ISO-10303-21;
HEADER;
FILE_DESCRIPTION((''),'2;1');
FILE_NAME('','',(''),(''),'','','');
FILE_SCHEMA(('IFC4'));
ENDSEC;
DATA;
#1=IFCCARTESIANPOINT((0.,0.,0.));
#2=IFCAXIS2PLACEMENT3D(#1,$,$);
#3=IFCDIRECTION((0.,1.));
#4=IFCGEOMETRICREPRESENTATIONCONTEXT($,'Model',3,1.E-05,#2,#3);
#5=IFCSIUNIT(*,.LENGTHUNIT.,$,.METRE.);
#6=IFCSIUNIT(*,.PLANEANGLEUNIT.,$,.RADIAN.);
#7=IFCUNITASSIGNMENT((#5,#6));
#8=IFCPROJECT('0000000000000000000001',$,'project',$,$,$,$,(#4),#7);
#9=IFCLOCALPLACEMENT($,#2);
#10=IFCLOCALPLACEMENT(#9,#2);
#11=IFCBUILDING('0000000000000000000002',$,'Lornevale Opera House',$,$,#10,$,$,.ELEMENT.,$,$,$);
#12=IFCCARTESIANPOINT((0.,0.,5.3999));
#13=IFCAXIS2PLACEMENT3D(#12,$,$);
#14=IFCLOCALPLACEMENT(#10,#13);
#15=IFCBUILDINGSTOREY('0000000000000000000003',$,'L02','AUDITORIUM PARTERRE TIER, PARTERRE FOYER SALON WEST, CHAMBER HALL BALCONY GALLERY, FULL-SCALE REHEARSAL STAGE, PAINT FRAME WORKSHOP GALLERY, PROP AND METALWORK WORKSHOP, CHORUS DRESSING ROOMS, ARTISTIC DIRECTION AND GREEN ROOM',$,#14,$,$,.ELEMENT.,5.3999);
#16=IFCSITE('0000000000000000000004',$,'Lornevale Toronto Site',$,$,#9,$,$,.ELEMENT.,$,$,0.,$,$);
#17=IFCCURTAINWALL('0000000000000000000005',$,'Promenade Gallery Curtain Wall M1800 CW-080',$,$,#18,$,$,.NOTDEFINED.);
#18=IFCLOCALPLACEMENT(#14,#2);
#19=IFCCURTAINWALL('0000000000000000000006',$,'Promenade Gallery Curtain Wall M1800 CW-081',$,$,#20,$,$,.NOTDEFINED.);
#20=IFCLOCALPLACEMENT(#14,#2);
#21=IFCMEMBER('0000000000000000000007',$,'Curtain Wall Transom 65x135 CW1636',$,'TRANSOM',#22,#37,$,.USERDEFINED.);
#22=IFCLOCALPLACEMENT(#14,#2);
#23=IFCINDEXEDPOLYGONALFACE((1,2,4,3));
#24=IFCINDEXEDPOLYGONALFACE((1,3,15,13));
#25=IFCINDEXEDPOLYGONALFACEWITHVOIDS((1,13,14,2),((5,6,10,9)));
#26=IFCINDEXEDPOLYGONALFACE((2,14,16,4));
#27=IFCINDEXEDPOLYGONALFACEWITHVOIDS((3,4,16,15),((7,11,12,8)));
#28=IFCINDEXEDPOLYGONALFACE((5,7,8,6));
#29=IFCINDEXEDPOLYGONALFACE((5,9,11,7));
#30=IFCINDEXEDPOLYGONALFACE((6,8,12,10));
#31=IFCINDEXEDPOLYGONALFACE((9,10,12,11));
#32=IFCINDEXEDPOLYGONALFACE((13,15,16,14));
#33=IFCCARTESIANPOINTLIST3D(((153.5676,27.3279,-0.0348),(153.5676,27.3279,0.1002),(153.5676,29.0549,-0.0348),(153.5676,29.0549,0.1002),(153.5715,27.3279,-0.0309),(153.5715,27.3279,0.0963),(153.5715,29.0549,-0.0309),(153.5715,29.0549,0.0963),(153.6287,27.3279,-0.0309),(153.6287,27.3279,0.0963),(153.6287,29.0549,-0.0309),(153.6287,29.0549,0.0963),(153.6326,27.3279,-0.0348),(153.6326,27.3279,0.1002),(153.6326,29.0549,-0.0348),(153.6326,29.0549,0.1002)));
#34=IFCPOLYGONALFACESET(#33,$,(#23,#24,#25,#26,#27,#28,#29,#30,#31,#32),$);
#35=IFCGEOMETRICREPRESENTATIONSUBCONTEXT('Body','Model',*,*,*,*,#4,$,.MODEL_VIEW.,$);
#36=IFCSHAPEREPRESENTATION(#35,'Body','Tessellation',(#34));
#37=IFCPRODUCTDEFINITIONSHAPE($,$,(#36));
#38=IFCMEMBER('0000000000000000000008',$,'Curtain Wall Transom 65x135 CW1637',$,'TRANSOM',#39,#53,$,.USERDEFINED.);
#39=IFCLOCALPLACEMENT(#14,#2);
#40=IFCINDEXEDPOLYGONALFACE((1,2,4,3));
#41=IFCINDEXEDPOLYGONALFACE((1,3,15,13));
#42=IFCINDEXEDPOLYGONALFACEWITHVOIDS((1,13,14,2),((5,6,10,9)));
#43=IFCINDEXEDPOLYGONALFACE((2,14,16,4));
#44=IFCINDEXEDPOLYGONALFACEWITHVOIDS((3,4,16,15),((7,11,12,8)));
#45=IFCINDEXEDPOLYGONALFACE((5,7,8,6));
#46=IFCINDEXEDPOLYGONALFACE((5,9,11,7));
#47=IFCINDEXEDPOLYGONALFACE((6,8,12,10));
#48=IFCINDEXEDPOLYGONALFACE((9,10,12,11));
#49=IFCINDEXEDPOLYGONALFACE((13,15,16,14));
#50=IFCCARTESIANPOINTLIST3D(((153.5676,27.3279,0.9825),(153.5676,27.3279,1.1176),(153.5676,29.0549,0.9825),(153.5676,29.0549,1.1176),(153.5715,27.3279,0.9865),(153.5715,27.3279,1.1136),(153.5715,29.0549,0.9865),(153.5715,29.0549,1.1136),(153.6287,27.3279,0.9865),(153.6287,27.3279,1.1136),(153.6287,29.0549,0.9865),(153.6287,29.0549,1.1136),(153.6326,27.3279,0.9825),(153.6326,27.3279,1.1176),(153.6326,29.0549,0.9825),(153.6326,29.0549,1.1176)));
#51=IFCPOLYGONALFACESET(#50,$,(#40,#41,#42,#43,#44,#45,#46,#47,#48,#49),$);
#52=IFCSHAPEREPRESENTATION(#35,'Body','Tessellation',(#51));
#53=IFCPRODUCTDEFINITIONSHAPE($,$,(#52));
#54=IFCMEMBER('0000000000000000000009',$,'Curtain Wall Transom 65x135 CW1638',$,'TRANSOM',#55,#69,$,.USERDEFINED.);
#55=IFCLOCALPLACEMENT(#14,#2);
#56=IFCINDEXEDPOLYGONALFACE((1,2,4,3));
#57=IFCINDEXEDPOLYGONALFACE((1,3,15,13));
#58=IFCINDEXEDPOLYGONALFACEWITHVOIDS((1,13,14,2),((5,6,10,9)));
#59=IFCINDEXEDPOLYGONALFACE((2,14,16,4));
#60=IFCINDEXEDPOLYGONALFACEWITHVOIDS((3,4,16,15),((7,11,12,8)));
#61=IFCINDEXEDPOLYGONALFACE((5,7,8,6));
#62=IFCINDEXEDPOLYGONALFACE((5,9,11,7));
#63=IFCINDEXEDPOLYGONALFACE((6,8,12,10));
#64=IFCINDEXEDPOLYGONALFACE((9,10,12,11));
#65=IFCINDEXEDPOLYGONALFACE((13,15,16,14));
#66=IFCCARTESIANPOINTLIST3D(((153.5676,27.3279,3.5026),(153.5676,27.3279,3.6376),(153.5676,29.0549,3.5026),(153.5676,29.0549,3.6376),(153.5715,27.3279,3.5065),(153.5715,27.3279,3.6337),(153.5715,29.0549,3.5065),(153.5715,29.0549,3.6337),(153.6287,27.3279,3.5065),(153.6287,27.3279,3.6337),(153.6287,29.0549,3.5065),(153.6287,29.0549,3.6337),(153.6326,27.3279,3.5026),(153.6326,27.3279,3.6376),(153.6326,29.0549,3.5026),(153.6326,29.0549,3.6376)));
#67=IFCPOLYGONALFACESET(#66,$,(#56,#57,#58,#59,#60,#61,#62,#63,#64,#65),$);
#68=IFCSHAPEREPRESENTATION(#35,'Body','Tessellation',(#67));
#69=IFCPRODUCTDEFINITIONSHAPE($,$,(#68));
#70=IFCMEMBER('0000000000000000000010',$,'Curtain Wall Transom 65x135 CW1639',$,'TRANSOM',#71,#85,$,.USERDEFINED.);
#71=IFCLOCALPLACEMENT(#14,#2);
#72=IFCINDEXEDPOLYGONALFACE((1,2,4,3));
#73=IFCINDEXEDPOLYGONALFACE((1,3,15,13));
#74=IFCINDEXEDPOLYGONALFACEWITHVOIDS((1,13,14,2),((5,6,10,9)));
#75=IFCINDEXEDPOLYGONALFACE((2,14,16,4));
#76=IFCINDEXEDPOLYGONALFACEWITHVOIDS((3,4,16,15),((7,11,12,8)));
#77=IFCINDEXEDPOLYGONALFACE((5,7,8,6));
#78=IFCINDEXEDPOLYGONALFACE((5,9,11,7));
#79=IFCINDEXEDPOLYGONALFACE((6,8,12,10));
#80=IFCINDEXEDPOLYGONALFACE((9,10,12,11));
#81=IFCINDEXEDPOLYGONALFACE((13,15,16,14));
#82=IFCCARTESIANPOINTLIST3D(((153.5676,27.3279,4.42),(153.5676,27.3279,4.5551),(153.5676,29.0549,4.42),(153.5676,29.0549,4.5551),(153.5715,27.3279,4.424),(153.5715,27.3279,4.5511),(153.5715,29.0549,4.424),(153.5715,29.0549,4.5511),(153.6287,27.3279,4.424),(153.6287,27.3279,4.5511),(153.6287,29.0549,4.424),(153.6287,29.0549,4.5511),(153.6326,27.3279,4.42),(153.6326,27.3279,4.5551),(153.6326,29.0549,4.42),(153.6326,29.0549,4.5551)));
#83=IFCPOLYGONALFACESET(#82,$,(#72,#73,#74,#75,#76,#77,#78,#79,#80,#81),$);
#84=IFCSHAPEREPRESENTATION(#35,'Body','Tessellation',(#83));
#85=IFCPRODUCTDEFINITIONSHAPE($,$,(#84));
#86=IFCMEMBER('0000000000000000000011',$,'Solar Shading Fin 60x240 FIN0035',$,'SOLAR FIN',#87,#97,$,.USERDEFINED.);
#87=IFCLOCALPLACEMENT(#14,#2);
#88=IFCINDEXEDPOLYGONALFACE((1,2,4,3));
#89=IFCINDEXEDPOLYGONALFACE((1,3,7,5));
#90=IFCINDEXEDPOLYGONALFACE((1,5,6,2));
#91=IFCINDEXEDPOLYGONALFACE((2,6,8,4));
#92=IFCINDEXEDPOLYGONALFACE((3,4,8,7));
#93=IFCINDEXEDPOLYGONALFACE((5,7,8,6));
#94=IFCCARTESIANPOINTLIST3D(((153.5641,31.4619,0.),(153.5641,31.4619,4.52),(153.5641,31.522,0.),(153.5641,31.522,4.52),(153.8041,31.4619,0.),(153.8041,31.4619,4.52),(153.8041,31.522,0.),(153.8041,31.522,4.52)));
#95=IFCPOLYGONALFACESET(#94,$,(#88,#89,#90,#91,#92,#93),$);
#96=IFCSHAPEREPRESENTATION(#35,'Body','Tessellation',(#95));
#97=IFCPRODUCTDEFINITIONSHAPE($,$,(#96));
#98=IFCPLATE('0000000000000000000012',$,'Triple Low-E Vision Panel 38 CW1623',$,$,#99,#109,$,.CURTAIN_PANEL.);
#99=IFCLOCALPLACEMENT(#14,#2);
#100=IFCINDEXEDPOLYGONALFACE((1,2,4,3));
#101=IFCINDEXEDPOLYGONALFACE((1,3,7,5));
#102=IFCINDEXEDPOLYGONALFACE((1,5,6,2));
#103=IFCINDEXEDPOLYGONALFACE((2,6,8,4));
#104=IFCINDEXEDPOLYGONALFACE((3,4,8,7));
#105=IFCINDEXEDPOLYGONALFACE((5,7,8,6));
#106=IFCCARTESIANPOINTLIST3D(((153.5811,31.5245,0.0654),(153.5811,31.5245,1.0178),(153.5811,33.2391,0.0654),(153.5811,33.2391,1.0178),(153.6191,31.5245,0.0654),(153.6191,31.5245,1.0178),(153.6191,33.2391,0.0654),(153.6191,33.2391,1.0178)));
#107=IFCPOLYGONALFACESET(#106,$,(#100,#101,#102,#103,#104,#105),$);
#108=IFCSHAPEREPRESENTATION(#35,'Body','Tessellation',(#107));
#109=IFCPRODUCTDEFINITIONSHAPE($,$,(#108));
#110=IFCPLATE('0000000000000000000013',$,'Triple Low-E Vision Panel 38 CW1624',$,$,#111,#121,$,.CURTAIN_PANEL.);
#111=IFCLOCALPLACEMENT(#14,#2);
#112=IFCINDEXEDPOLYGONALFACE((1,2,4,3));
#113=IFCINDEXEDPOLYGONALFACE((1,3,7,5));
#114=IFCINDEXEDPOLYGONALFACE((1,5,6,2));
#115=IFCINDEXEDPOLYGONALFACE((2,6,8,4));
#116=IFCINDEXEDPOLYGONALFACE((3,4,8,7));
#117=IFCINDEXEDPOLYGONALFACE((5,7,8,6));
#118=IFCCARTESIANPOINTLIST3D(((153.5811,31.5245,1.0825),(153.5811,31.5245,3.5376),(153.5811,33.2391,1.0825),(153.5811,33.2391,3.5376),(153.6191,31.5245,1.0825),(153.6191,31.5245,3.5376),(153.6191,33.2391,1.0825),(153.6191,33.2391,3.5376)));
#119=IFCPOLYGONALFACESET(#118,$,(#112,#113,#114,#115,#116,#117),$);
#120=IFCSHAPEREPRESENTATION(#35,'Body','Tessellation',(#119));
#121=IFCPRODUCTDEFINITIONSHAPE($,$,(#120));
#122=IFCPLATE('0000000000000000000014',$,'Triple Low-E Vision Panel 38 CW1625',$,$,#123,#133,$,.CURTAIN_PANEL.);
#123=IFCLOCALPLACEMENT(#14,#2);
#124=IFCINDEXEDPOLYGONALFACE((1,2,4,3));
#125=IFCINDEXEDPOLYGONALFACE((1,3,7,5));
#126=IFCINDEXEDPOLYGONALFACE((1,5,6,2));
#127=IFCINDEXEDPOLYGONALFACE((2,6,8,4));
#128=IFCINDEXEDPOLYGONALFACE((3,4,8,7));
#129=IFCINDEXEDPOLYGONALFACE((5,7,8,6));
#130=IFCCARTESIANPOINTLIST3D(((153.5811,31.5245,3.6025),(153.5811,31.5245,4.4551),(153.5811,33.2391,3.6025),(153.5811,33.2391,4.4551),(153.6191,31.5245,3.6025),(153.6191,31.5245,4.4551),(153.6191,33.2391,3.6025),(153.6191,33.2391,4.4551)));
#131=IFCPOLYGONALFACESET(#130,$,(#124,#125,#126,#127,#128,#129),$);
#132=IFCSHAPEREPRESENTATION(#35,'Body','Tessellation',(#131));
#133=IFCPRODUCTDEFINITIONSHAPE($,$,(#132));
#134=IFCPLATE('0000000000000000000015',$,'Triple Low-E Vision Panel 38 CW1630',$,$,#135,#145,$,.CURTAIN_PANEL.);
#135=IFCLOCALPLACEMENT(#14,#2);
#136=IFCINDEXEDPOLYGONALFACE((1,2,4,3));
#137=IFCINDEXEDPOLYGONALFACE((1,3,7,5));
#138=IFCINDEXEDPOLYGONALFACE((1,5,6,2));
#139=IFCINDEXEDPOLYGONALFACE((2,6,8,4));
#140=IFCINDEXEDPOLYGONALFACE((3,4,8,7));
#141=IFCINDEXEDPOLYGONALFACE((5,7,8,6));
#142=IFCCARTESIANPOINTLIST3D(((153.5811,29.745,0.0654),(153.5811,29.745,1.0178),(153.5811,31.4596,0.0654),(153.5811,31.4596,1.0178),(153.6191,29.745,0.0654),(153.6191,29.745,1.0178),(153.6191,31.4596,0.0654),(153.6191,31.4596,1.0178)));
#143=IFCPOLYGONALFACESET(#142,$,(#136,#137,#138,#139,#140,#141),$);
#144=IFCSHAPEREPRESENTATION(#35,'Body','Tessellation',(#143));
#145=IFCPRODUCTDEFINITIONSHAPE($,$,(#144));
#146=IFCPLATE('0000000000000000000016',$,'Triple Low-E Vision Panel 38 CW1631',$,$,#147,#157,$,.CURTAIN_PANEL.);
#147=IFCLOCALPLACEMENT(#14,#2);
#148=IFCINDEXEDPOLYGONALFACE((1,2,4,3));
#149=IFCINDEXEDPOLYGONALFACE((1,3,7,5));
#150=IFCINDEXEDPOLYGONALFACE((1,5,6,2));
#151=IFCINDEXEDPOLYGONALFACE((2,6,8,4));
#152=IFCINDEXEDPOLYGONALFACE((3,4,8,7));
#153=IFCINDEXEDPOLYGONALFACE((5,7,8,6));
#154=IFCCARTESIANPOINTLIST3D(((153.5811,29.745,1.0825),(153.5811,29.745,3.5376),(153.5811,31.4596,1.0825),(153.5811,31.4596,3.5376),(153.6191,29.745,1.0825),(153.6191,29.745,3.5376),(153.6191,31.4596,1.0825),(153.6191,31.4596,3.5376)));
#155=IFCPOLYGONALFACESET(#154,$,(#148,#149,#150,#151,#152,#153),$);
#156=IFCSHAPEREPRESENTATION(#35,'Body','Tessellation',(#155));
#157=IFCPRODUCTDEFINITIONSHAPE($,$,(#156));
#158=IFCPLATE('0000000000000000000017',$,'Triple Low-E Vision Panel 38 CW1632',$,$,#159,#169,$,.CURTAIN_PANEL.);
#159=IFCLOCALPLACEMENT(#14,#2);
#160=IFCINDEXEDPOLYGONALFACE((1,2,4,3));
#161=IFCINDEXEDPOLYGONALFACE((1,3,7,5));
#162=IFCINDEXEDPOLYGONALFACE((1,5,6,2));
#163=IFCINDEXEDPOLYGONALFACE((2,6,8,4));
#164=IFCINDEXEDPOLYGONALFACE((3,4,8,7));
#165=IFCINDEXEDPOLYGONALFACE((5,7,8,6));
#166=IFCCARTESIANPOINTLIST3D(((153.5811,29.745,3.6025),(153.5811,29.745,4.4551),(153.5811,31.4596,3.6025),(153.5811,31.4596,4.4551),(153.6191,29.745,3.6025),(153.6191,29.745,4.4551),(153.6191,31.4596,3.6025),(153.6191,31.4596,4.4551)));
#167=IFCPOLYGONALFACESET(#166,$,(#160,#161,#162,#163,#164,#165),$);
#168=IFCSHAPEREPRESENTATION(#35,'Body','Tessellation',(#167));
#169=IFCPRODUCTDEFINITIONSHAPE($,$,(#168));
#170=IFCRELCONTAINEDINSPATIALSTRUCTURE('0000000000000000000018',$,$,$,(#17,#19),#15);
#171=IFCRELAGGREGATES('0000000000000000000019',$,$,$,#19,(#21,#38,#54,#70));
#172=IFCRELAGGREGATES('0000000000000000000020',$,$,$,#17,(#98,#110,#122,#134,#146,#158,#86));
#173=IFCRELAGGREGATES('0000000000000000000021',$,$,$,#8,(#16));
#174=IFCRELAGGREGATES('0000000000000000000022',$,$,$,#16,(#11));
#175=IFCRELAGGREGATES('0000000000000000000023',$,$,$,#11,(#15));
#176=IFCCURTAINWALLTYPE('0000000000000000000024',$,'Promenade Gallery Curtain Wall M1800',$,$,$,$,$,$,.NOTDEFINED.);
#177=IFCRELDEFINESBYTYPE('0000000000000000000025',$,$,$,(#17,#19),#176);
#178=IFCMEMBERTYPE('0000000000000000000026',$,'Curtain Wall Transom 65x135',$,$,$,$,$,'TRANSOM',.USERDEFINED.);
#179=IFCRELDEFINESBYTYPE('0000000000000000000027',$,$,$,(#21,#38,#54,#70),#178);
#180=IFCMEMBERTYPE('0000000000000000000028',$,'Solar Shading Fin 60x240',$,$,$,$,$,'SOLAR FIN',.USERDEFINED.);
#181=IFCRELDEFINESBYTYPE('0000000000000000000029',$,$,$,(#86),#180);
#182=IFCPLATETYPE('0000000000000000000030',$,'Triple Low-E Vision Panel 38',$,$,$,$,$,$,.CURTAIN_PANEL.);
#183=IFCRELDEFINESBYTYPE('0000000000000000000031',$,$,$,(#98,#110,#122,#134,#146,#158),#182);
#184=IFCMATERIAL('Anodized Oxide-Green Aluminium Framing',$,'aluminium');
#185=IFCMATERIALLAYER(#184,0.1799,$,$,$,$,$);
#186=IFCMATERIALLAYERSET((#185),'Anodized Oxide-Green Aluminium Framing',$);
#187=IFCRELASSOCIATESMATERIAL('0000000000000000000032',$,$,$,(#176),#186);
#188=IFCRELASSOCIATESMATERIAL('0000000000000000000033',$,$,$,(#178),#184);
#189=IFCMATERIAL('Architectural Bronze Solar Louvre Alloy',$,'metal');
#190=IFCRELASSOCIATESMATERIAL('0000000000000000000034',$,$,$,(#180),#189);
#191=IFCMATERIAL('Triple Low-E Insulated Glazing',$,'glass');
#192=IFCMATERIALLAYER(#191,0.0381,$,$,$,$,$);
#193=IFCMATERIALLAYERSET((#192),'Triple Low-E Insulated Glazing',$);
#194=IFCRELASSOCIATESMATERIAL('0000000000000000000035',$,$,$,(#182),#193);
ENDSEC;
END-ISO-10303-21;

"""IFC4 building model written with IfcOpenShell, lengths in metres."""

from ifc_helpers import new_model, si_unit, direction, frame, origin, origin_2d, place, context, subcontext, project, spatial, rectangle, hollow_rectangle, extrude, material, layer, layer_set, material_profile, profile_set, type_object, element, aggregate, save


model = new_model("IFC4")

# Units and contexts
model_context = context("Model", 3, precision=1e-05, world=origin(), true_north=direction((0.0, 1.0)))
body_context = subcontext(model_context, "Body", "Model", "MODEL_VIEW")
ifc_project = project(units=[si_unit("LENGTHUNIT", "METRE"), si_unit("PLANEANGLEUNIT", "RADIAN")], contexts=[model_context])

# Site, building, storey
site_placement = place(None, origin())
site = spatial("IfcSite", under=ifc_project, at=site_placement, Name="Lornevale Toronto Site", CompositionType="ELEMENT", RefElevation=0.0)
building_placement = place(site_placement, origin())
building = spatial("IfcBuilding", under=site, at=building_placement, Name="Lornevale Opera House", CompositionType="ELEMENT")
storey_placement = place(building_placement, frame((0.0, 0.0, 5.3999)))
storey = spatial("IfcBuildingStorey", under=building, at=storey_placement, Name="L02", Description="AUDITORIUM PARTERRE TIER, PARTERRE FOYER SALON WEST, CHAMBER HALL BALCONY GALLERY, FULL-SCALE REHEARSAL STAGE, PAINT FRAME WORKSHOP GALLERY, PROP AND METALWORK WORKSHOP, CHORUS DRESSING ROOMS, ARTISTIC DIRECTION AND GREEN ROOM", CompositionType="ELEMENT", Elevation=5.3999)

# Curtain wall
ifc_material_1 = material(Name="Anodized Oxide-Green Aluminium Framing", Category="aluminium")
ifc_layer_1 = layer(ifc_material_1, 0.1799)
ifc_layer_set_1 = layer_set([ifc_layer_1], Name="Anodized Oxide-Green Aluminium Framing")
curtain_wall_type = type_object("IfcCurtainWallType", Name="Promenade Gallery Curtain Wall M1800", PredefinedType="NOTDEFINED", material=ifc_layer_set_1)
curtain_wall_1_placement = place(storey_placement, origin())
curtain_wall_1 = element("IfcCurtainWall", 1, at=curtain_wall_1_placement, inside=storey, type_object=curtain_wall_type, Name="Promenade Gallery Curtain Wall M1800 CW-080", PredefinedType="NOTDEFINED")

# Curtain wall
curtain_wall_2_placement = place(storey_placement, origin())
curtain_wall_2 = element("IfcCurtainWall", 2, at=curtain_wall_2_placement, inside=storey, type_object=curtain_wall_type, Name="Promenade Gallery Curtain Wall M1800 CW-081", PredefinedType="NOTDEFINED")

# Members
ifc_material_profile_1 = material_profile(ifc_material_1, hollow_rectangle(XDim=0.0649, YDim=0.135, WallThickness=0.0039, at=origin_2d()), Name="ALU65x135x4")
ifc_profile_set_1 = profile_set([ifc_material_profile_1], Name="Anodized Oxide-Green Aluminium Framing")
member_type_1 = type_object("IfcMemberType", Name="Curtain Wall Transom 65x135", ElementType="TRANSOM", PredefinedType="USERDEFINED", material=ifc_profile_set_1)
member_1_placement = place(storey_placement, frame((153.6001, 29.0549, 0.0327), z_axis=(0.0, -1.0, 0.0), x_axis=(1.0, 0.0, 0.0)))
member_1 = element("IfcMember", 3, at=member_1_placement, type_object=member_type_1, Name="Curtain Wall Transom 65x135 CW1636", ObjectType="TRANSOM", PredefinedType="USERDEFINED", context=body_context, shape_type="SweptSolid", body=[
    extrude(hollow_rectangle(XDim=0.0649, YDim=0.135, WallThickness=0.0039, at=origin_2d()), origin(), (0.0, 0.0, 1.0), 1.7271),
])
member_2_placement = place(storey_placement, frame((153.6001, 29.0549, 1.05), z_axis=(0.0, -1.0, 0.0), x_axis=(1.0, 0.0, 0.0)))
member_2 = element("IfcMember", 4, at=member_2_placement, type_object=member_type_1, Name="Curtain Wall Transom 65x135 CW1637", ObjectType="TRANSOM", PredefinedType="USERDEFINED", context=body_context, shape_type="SweptSolid", body=[
    extrude(hollow_rectangle(XDim=0.0649, YDim=0.135, WallThickness=0.0039, at=origin_2d()), origin(), (0.0, 0.0, 1.0), 1.7271),
])
member_3_placement = place(storey_placement, frame((153.6001, 29.0549, 3.5701), z_axis=(0.0, -1.0, 0.0), x_axis=(1.0, 0.0, 0.0)))
member_3 = element("IfcMember", 5, at=member_3_placement, type_object=member_type_1, Name="Curtain Wall Transom 65x135 CW1638", ObjectType="TRANSOM", PredefinedType="USERDEFINED", context=body_context, shape_type="SweptSolid", body=[
    extrude(hollow_rectangle(XDim=0.0649, YDim=0.135, WallThickness=0.0039, at=origin_2d()), origin(), (0.0, 0.0, 1.0), 1.7271),
])
member_4_placement = place(storey_placement, frame((153.6001, 29.0549, 4.4875), z_axis=(0.0, -1.0, 0.0), x_axis=(1.0, 0.0, 0.0)))
member_4 = element("IfcMember", 6, at=member_4_placement, type_object=member_type_1, Name="Curtain Wall Transom 65x135 CW1639", ObjectType="TRANSOM", PredefinedType="USERDEFINED", context=body_context, shape_type="SweptSolid", body=[
    extrude(hollow_rectangle(XDim=0.0649, YDim=0.135, WallThickness=0.0039, at=origin_2d()), origin(), (0.0, 0.0, 1.0), 1.7271),
])
aggregate(curtain_wall_2, [member_1, member_2, member_3, member_4])
ifc_material_2 = material(Name="Architectural Bronze Solar Louvre Alloy", Category="metal")
ifc_material_profile_2 = material_profile(ifc_material_2, rectangle(XDim=0.0601, YDim=0.24, at=origin_2d()), Name="FIN60x240")
ifc_profile_set_2 = profile_set([ifc_material_profile_2], Name="Architectural Bronze Solar Louvre Alloy")
member_type_2 = type_object("IfcMemberType", Name="Solar Shading Fin 60x240", ElementType="SOLAR FIN", PredefinedType="USERDEFINED", material=ifc_profile_set_2)
member_5_placement = place(storey_placement, frame((153.6841, 31.4919, 0.0), z_axis=(0.0, 0.0, 1.0), x_axis=(0.0, -1.0, 0.0)))
member_5 = element("IfcMember", 7, at=member_5_placement, type_object=member_type_2, Name="Solar Shading Fin 60x240 FIN0035", ObjectType="SOLAR FIN", PredefinedType="USERDEFINED", context=body_context, shape_type="SweptSolid", body=[
    extrude(rectangle(XDim=0.0601, YDim=0.24, at=origin_2d()), origin(), (0.0, 0.0, 1.0), 4.52),
])

# Plates
ifc_material_3 = material(Name="Triple Low-E Insulated Glazing", Category="glass")
ifc_layer_2 = layer(ifc_material_3, 0.0381)
ifc_layer_set_2 = layer_set([ifc_layer_2], Name="Triple Low-E Insulated Glazing")
plate_type = type_object("IfcPlateType", Name="Triple Low-E Vision Panel 38", PredefinedType="CURTAIN_PANEL", material=ifc_layer_set_2)
plate_1_placement = place(storey_placement, frame((153.6001, 32.3818, 0.0654), z_axis=(0.0, 0.0, 1.0), x_axis=(0.0, -1.0, 0.0)))
plate_1 = element("IfcPlate", 8, at=plate_1_placement, type_object=plate_type, Name="Triple Low-E Vision Panel 38 CW1623", PredefinedType="CURTAIN_PANEL", context=body_context, shape_type="SweptSolid", body=[
    extrude(rectangle(XDim=1.7146, YDim=0.0381, at=origin_2d()), origin(), (0.0, 0.0, 1.0), 0.9524),
])
plate_2_placement = place(storey_placement, frame((153.6001, 32.3818, 1.0825), z_axis=(0.0, 0.0, 1.0), x_axis=(0.0, -1.0, 0.0)))
plate_2 = element("IfcPlate", 9, at=plate_2_placement, type_object=plate_type, Name="Triple Low-E Vision Panel 38 CW1624", PredefinedType="CURTAIN_PANEL", context=body_context, shape_type="SweptSolid", body=[
    extrude(rectangle(XDim=1.7146, YDim=0.0381, at=origin_2d()), origin(), (0.0, 0.0, 1.0), 2.4551),
])
plate_3_placement = place(storey_placement, frame((153.6001, 32.3818, 3.6025), z_axis=(0.0, 0.0, 1.0), x_axis=(0.0, -1.0, 0.0)))
plate_3 = element("IfcPlate", 10, at=plate_3_placement, type_object=plate_type, Name="Triple Low-E Vision Panel 38 CW1625", PredefinedType="CURTAIN_PANEL", context=body_context, shape_type="SweptSolid", body=[
    extrude(rectangle(XDim=1.7146, YDim=0.0381, at=origin_2d()), origin(), (0.0, 0.0, 1.0), 0.8525),
])
plate_4_placement = place(storey_placement, frame((153.6001, 30.6023, 0.0654), z_axis=(0.0, 0.0, 1.0), x_axis=(0.0, -1.0, 0.0)))
plate_4 = element("IfcPlate", 11, at=plate_4_placement, type_object=plate_type, Name="Triple Low-E Vision Panel 38 CW1630", PredefinedType="CURTAIN_PANEL", context=body_context, shape_type="SweptSolid", body=[
    extrude(rectangle(XDim=1.7146, YDim=0.0381, at=origin_2d()), origin(), (0.0, 0.0, 1.0), 0.9524),
])
plate_5_placement = place(storey_placement, frame((153.6001, 30.6023, 1.0825), z_axis=(0.0, 0.0, 1.0), x_axis=(0.0, -1.0, 0.0)))
plate_5 = element("IfcPlate", 12, at=plate_5_placement, type_object=plate_type, Name="Triple Low-E Vision Panel 38 CW1631", PredefinedType="CURTAIN_PANEL", context=body_context, shape_type="SweptSolid", body=[
    extrude(rectangle(XDim=1.7146, YDim=0.0381, at=origin_2d()), origin(), (0.0, 0.0, 1.0), 2.4551),
])
plate_6_placement = place(storey_placement, frame((153.6001, 30.6023, 3.6025), z_axis=(0.0, 0.0, 1.0), x_axis=(0.0, -1.0, 0.0)))
plate_6 = element("IfcPlate", 13, at=plate_6_placement, type_object=plate_type, Name="Triple Low-E Vision Panel 38 CW1632", PredefinedType="CURTAIN_PANEL", context=body_context, shape_type="SweptSolid", body=[
    extrude(rectangle(XDim=1.7146, YDim=0.0381, at=origin_2d()), origin(), (0.0, 0.0, 1.0), 0.8525),
])
aggregate(curtain_wall_1, [plate_1, plate_2, plate_3, plate_4, plate_5, plate_6, member_5])

save(model, "model.ifc")
